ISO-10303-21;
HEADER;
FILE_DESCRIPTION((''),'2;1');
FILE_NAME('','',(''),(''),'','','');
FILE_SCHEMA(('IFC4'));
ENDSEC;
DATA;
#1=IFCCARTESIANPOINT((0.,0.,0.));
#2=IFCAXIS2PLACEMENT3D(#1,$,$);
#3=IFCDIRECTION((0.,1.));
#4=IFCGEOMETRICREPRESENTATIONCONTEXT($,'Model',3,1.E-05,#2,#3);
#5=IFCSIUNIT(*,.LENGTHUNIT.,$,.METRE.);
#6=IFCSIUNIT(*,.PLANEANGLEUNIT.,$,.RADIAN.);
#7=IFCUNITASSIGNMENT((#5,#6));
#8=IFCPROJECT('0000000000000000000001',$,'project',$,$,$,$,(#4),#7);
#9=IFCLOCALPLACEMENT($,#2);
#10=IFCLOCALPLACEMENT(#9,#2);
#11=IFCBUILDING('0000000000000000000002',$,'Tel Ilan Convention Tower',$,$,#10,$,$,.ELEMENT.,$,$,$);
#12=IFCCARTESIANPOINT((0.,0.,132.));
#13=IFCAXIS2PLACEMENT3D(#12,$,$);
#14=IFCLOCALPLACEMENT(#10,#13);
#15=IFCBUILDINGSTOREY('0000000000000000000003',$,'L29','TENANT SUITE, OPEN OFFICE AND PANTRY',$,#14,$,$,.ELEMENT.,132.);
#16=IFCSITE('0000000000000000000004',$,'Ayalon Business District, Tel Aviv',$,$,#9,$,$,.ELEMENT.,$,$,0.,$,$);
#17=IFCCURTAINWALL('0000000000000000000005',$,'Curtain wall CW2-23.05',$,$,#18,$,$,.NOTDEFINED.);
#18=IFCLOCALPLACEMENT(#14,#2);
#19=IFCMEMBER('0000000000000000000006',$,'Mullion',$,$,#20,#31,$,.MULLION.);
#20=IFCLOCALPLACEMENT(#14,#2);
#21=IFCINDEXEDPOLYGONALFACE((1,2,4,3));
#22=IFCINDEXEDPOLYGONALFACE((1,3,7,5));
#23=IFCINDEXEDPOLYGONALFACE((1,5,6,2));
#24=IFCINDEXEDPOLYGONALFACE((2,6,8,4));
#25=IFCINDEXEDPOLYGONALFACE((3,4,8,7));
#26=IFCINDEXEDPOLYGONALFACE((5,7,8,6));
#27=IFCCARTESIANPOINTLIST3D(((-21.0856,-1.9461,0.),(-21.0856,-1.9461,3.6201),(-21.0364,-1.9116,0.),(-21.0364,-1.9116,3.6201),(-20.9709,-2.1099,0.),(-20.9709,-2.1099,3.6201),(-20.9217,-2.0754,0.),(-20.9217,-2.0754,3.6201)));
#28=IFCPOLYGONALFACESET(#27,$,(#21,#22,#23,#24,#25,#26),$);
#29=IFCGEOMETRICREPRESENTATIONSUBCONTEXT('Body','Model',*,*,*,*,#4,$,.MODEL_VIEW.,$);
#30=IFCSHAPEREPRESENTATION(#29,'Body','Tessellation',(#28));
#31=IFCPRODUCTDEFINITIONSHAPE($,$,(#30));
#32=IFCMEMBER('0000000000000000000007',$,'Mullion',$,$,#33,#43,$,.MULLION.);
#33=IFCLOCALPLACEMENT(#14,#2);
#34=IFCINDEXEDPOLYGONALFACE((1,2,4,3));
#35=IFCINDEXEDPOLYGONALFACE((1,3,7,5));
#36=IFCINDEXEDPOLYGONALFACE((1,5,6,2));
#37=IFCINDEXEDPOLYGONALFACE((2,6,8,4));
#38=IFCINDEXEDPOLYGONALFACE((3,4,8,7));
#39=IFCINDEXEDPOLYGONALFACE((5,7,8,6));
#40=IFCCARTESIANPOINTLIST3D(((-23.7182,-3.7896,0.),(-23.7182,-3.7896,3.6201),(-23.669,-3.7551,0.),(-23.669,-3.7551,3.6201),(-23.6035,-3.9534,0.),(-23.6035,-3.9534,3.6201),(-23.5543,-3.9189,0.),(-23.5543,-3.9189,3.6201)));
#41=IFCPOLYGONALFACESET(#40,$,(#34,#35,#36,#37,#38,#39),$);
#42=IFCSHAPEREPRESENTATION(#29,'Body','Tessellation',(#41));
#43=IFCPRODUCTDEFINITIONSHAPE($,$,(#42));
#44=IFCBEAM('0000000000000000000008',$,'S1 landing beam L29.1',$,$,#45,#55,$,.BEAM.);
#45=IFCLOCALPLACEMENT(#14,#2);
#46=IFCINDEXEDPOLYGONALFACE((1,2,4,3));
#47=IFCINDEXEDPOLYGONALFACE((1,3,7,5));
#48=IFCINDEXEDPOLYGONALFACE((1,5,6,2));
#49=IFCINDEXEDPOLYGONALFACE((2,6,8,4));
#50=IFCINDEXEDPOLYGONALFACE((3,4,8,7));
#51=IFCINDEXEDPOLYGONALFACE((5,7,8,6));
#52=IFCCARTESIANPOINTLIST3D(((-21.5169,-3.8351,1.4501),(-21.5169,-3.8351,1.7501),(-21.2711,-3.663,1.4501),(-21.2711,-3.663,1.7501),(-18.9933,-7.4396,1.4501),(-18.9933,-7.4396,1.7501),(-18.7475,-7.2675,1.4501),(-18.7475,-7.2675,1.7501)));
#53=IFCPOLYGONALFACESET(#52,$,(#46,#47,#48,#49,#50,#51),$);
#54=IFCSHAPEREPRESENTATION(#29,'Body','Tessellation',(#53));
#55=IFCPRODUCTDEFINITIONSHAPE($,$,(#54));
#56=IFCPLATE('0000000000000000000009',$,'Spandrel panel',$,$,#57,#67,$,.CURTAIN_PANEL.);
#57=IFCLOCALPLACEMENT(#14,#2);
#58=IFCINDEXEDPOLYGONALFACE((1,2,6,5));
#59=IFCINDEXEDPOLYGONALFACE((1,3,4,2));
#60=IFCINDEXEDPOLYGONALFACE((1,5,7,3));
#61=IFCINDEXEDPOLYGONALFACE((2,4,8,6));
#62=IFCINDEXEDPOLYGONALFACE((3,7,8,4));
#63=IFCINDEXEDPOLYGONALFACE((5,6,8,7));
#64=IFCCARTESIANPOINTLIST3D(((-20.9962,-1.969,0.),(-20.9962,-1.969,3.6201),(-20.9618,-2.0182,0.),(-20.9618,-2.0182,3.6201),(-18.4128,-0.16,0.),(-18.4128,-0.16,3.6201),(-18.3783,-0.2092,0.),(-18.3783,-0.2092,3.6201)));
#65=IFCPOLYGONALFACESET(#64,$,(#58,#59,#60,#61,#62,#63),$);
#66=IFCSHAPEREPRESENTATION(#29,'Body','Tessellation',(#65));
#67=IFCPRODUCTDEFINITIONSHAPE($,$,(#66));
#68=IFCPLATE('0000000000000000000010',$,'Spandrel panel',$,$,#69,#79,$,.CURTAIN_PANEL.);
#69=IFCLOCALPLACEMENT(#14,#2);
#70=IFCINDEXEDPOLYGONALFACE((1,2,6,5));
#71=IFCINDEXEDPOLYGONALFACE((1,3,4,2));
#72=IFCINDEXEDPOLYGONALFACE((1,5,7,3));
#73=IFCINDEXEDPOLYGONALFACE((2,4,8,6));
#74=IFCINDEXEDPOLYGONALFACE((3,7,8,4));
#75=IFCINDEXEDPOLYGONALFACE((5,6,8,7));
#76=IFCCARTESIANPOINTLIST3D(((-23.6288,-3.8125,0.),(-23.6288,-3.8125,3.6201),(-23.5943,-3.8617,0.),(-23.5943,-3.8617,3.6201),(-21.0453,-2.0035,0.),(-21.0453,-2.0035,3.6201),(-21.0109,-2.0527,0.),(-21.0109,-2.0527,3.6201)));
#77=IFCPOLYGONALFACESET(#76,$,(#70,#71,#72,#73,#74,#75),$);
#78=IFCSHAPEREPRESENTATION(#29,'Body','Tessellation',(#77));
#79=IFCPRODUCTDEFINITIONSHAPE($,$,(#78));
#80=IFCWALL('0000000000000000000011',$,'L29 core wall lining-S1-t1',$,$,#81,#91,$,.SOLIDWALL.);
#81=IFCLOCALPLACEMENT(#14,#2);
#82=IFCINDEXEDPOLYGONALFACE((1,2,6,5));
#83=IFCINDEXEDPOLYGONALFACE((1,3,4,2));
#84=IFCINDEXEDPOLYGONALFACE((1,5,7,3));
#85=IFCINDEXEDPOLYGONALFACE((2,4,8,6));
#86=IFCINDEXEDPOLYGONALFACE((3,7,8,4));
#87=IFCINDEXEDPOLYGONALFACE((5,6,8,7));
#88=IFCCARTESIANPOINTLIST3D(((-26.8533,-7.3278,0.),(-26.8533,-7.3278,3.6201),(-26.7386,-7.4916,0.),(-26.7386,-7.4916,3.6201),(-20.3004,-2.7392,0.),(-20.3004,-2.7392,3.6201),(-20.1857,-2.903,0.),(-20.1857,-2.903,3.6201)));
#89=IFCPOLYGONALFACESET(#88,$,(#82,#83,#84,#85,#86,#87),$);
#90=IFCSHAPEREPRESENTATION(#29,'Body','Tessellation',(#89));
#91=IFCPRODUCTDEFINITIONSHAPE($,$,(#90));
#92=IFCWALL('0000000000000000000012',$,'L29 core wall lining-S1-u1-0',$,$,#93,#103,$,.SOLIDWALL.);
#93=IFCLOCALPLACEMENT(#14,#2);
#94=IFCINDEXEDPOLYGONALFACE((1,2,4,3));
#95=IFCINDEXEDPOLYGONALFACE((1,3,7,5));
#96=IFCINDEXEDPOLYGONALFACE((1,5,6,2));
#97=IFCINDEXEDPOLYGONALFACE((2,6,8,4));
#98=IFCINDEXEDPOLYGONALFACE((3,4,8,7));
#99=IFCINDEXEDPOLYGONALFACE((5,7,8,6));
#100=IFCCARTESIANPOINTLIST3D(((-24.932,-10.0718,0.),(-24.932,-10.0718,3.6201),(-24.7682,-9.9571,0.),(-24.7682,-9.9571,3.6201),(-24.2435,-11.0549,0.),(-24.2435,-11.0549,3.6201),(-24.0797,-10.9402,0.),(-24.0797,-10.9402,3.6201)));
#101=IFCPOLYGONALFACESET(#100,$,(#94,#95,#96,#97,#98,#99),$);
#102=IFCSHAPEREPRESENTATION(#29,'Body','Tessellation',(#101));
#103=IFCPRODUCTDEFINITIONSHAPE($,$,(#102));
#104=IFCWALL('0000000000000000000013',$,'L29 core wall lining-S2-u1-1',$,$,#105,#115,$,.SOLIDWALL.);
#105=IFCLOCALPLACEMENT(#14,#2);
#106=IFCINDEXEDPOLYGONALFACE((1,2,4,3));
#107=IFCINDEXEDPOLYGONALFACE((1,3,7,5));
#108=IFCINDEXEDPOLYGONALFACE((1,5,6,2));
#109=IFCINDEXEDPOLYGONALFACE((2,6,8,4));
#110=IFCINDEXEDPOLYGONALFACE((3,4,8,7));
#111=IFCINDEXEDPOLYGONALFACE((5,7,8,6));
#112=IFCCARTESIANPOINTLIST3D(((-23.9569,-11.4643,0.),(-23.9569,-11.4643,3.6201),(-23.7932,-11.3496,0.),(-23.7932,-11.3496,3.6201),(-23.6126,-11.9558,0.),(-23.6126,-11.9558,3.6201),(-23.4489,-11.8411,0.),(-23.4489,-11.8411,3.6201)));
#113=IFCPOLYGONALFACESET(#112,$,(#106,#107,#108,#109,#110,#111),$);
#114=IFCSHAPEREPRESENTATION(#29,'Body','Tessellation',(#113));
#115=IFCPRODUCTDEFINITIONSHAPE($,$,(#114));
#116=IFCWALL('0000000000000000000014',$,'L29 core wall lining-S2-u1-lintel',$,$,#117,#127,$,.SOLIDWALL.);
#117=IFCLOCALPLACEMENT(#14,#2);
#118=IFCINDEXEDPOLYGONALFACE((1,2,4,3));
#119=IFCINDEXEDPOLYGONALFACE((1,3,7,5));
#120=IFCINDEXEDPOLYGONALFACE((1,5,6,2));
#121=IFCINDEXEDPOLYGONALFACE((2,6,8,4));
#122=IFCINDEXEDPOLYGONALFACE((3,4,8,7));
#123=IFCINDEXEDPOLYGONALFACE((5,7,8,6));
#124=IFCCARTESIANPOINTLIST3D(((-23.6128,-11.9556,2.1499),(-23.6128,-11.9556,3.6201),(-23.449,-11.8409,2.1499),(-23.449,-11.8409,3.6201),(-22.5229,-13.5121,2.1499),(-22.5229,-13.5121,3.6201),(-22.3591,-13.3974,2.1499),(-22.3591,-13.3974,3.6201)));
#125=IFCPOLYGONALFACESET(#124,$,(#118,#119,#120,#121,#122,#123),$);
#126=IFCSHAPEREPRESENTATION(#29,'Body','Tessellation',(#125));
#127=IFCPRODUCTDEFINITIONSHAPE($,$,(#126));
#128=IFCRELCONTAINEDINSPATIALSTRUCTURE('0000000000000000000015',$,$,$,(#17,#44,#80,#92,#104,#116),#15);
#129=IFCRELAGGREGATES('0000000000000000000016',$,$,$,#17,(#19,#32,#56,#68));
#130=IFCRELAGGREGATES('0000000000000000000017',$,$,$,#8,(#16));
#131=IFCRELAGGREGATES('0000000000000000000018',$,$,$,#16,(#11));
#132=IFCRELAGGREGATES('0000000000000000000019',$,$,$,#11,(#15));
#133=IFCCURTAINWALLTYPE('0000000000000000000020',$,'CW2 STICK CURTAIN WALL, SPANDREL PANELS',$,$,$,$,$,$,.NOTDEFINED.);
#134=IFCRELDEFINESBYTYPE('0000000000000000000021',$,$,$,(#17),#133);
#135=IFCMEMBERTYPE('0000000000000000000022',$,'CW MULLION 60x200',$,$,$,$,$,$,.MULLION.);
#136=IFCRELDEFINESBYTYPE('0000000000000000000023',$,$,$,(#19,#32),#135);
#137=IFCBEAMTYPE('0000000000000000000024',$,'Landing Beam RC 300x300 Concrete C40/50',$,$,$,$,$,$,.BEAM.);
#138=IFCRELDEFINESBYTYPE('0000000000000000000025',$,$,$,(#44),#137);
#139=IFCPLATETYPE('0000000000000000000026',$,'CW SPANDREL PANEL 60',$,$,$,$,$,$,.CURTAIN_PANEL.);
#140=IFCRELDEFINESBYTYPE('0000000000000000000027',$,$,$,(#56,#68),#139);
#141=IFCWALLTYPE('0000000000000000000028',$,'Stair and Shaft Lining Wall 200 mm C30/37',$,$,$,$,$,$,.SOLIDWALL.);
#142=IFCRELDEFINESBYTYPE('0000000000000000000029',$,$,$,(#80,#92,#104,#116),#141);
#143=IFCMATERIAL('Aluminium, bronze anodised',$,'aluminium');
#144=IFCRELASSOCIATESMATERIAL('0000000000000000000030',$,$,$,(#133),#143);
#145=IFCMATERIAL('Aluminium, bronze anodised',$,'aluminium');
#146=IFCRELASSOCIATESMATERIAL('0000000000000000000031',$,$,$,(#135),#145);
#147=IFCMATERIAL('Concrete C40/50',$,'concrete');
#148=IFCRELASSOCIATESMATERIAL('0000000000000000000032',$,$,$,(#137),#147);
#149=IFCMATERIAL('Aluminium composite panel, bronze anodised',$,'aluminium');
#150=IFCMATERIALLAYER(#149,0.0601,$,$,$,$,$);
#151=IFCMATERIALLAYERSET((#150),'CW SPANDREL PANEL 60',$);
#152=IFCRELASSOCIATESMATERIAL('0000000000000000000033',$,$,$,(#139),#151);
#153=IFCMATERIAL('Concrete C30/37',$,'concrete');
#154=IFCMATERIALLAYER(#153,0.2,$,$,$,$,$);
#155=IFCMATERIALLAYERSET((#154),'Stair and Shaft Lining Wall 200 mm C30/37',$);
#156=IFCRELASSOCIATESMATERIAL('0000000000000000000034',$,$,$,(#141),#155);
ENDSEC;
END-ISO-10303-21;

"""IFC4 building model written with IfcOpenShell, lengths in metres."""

from ifc_helpers import new_model, si_unit, direction, frame, frame_2d, origin, origin_2d, place, context, subcontext, project, spatial, rectangle, extrude, material, layer, layer_set, material_profile, profile_set, type_object, element, aggregate, save


model = new_model("IFC4")

# Units and contexts
model_context = context("Model", 3, precision=1e-05, world=origin(), true_north=direction((0.0, 1.0)))
body_context = subcontext(model_context, "Body", "Model", "MODEL_VIEW")
ifc_project = project(units=[si_unit("LENGTHUNIT", "METRE"), si_unit("PLANEANGLEUNIT", "RADIAN")], contexts=[model_context])

# Site, building, storey
site_placement = place(None, origin())
site = spatial("IfcSite", under=ifc_project, at=site_placement, Name="Ayalon Business District, Tel Aviv", CompositionType="ELEMENT", RefElevation=0.0)
building_placement = place(site_placement, origin())
building = spatial("IfcBuilding", under=site, at=building_placement, Name="Tel Ilan Convention Tower", CompositionType="ELEMENT")
storey_placement = place(building_placement, frame((0.0, 0.0, 132.0)))
storey = spatial("IfcBuildingStorey", under=building, at=storey_placement, Name="L29", Description="TENANT SUITE, OPEN OFFICE AND PANTRY", CompositionType="ELEMENT", Elevation=132.0)

# Curtain wall, members
ifc_material_1 = material(Name="Aluminium, bronze anodised", Category="aluminium")
curtain_wall_type = type_object("IfcCurtainWallType", Name="CW2 STICK CURTAIN WALL, SPANDREL PANELS", PredefinedType="NOTDEFINED", material=ifc_material_1)
curtain_wall_placement = place(storey_placement, origin())
curtain_wall = element("IfcCurtainWall", 1, at=curtain_wall_placement, inside=storey, type_object=curtain_wall_type, Name="Curtain wall CW2-23.05", PredefinedType="NOTDEFINED")
ifc_material_2 = material(Name="Aluminium, bronze anodised", Category="aluminium")
ifc_material_profile_1 = material_profile(ifc_material_2, rectangle(XDim=0.0601, YDim=0.2, at=origin_2d()), Name="CW MULLION 60x200")
ifc_profile_set_1 = profile_set([ifc_material_profile_1], Name="Aluminium, bronze anodised")
member_type = type_object("IfcMemberType", Name="CW MULLION 60x200", PredefinedType="MULLION", material=ifc_profile_set_1)
member_1_placement = place(storey_placement, frame((-21.0037, -2.0107, 0.0), z_axis=(0.0, 0.0, 1.0), x_axis=(-0.819152, -0.573576, 0.0)))
member_1 = element("IfcMember", 2, at=member_1_placement, type_object=member_type, Name="Mullion", PredefinedType="MULLION", context=body_context, shape_type="SweptSolid", body=[
    extrude(rectangle(XDim=0.0601, YDim=0.2, at=origin_2d()), origin(), (0.0, 0.0, 1.0), 3.6201),
])
member_2_placement = place(storey_placement, frame((-23.6362, -3.8542, 0.0), z_axis=(0.0, 0.0, 1.0), x_axis=(-0.819152, -0.573576, 0.0)))
member_2 = element("IfcMember", 3, at=member_2_placement, type_object=member_type, Name="Mullion", PredefinedType="MULLION", context=body_context, shape_type="SweptSolid", body=[
    extrude(rectangle(XDim=0.0601, YDim=0.2, at=origin_2d()), origin(), (0.0, 0.0, 1.0), 3.6201),
])

# Beam
ifc_material_3 = material(Name="Concrete C40/50", Category="concrete")
ifc_material_profile_2 = material_profile(ifc_material_3, rectangle(XDim=0.3, YDim=0.3, at=origin_2d()), Name="RC 300x300")
ifc_profile_set_2 = profile_set([ifc_material_profile_2], Name="Concrete C40/50")
beam_type = type_object("IfcBeamType", Name="Landing Beam RC 300x300 Concrete C40/50", PredefinedType="BEAM", material=ifc_profile_set_2)
beam_placement = place(storey_placement, frame((-18.8704, -7.3535, 1.6001), z_axis=(-0.573544, 0.819175, 0.0), x_axis=(-0.819175, -0.573544, 0.0)))
element("IfcBeam", 4, at=beam_placement, inside=storey, type_object=beam_type, Name="S1 landing beam L29.1", PredefinedType="BEAM", context=body_context, shape_type="SweptSolid", body=[
    extrude(rectangle(XDim=0.3, YDim=0.3, at=origin_2d()), origin(), (0.0, 0.0, 1.0), 4.4001),
])

# Plates
ifc_material_4 = material(Name="Aluminium composite panel, bronze anodised", Category="aluminium")
ifc_layer_1 = layer(ifc_material_4, 0.0601)
ifc_layer_set_1 = layer_set([ifc_layer_1], Name="CW SPANDREL PANEL 60")
plate_type = type_object("IfcPlateType", Name="CW SPANDREL PANEL 60", PredefinedType="CURTAIN_PANEL", material=ifc_layer_set_1)
plate_1_placement = place(storey_placement, frame((-19.6873, -1.0891, 0.0), z_axis=(0.0, 0.0, 1.0), x_axis=(-0.819152, -0.573576, 0.0)))
plate_1 = element("IfcPlate", 5, at=plate_1_placement, type_object=plate_type, Name="Spandrel panel", PredefinedType="CURTAIN_PANEL", context=body_context, shape_type="SweptSolid", body=[
    extrude(rectangle(XDim=3.1538, YDim=0.0601, at=origin_2d()), origin(), (0.0, 0.0, 1.0), 3.6201),
])
plate_2_placement = place(storey_placement, frame((-22.3198, -2.9326, 0.0), z_axis=(0.0, 0.0, 1.0), x_axis=(-0.819152, -0.573576, 0.0)))
plate_2 = element("IfcPlate", 6, at=plate_2_placement, type_object=plate_type, Name="Spandrel panel", PredefinedType="CURTAIN_PANEL", context=body_context, shape_type="SweptSolid", body=[
    extrude(rectangle(XDim=3.1538, YDim=0.0601, at=origin_2d()), origin(), (0.0, 0.0, 1.0), 3.6201),
])
aggregate(curtain_wall, [member_1, member_2, plate_1, plate_2])

# Walls
ifc_material_5 = material(Name="Concrete C30/37", Category="concrete")
ifc_layer_2 = layer(ifc_material_5, 0.2)
ifc_layer_set_2 = layer_set([ifc_layer_2], Name="Stair and Shaft Lining Wall 200 mm C30/37")
wall_type = type_object("IfcWallType", Name="Stair and Shaft Lining Wall 200 mm C30/37", PredefinedType="SOLIDWALL", material=ifc_layer_set_2)
wall_1_placement = place(storey_placement, frame((-20.2429, -2.821, 0.0), z_axis=(0.0, 0.0, 1.0), x_axis=(-0.819142, -0.573591, 0.0)))
element("IfcWall", 7, at=wall_1_placement, inside=storey, type_object=wall_type, Name="L29 core wall lining-S1-t1", PredefinedType="SOLIDWALL", context=body_context, shape_type="SweptSolid", body=[
    extrude(rectangle(XDim=7.9998, YDim=0.2, at=frame_2d((4.0, 0.0))), origin(), (0.0, 0.0, 1.0), 3.6201),
])
wall_2_placement = place(storey_placement, frame((-24.1616, -10.9976, 0.0), z_axis=(0.0, 0.0, 1.0), x_axis=(-0.573613, 0.819127, 0.0)))
element("IfcWall", 8, at=wall_2_placement, inside=storey, type_object=wall_type, Name="L29 core wall lining-S1-u1-0", PredefinedType="SOLIDWALL", context=body_context, shape_type="SweptSolid", body=[
    extrude(rectangle(XDim=1.2002, YDim=0.2, at=frame_2d((0.6001, 0.0))), origin(), (0.0, 0.0, 1.0), 3.6201),
])
wall_3_placement = place(storey_placement, frame((-23.5308, -11.8984, 0.0), z_axis=(0.0, 0.0, 1.0), x_axis=(-0.573708, 0.81906, 0.0)))
element("IfcWall", 9, at=wall_3_placement, inside=storey, type_object=wall_type, Name="L29 core wall lining-S2-u1-1", PredefinedType="SOLIDWALL", context=body_context, shape_type="SweptSolid", body=[
    extrude(rectangle(XDim=0.6001, YDim=0.2, at=frame_2d((0.3, 0.0))), origin(), (0.0, 0.0, 1.0), 3.6201),
])
wall_4_placement = place(storey_placement, frame((-22.4409, -13.4548, 2.1499), z_axis=(0.0, 0.0, 1.0), x_axis=(-0.573592, 0.819141, 0.0)))
element("IfcWall", 10, at=wall_4_placement, inside=storey, type_object=wall_type, Name="L29 core wall lining-S2-u1-lintel", PredefinedType="SOLIDWALL", context=body_context, shape_type="SweptSolid", body=[
    extrude(rectangle(XDim=1.9001, YDim=0.2, at=frame_2d((0.9502, 0.0))), origin(), (0.0, 0.0, 1.0), 1.4702),
])

save(model, "model.ifc")
